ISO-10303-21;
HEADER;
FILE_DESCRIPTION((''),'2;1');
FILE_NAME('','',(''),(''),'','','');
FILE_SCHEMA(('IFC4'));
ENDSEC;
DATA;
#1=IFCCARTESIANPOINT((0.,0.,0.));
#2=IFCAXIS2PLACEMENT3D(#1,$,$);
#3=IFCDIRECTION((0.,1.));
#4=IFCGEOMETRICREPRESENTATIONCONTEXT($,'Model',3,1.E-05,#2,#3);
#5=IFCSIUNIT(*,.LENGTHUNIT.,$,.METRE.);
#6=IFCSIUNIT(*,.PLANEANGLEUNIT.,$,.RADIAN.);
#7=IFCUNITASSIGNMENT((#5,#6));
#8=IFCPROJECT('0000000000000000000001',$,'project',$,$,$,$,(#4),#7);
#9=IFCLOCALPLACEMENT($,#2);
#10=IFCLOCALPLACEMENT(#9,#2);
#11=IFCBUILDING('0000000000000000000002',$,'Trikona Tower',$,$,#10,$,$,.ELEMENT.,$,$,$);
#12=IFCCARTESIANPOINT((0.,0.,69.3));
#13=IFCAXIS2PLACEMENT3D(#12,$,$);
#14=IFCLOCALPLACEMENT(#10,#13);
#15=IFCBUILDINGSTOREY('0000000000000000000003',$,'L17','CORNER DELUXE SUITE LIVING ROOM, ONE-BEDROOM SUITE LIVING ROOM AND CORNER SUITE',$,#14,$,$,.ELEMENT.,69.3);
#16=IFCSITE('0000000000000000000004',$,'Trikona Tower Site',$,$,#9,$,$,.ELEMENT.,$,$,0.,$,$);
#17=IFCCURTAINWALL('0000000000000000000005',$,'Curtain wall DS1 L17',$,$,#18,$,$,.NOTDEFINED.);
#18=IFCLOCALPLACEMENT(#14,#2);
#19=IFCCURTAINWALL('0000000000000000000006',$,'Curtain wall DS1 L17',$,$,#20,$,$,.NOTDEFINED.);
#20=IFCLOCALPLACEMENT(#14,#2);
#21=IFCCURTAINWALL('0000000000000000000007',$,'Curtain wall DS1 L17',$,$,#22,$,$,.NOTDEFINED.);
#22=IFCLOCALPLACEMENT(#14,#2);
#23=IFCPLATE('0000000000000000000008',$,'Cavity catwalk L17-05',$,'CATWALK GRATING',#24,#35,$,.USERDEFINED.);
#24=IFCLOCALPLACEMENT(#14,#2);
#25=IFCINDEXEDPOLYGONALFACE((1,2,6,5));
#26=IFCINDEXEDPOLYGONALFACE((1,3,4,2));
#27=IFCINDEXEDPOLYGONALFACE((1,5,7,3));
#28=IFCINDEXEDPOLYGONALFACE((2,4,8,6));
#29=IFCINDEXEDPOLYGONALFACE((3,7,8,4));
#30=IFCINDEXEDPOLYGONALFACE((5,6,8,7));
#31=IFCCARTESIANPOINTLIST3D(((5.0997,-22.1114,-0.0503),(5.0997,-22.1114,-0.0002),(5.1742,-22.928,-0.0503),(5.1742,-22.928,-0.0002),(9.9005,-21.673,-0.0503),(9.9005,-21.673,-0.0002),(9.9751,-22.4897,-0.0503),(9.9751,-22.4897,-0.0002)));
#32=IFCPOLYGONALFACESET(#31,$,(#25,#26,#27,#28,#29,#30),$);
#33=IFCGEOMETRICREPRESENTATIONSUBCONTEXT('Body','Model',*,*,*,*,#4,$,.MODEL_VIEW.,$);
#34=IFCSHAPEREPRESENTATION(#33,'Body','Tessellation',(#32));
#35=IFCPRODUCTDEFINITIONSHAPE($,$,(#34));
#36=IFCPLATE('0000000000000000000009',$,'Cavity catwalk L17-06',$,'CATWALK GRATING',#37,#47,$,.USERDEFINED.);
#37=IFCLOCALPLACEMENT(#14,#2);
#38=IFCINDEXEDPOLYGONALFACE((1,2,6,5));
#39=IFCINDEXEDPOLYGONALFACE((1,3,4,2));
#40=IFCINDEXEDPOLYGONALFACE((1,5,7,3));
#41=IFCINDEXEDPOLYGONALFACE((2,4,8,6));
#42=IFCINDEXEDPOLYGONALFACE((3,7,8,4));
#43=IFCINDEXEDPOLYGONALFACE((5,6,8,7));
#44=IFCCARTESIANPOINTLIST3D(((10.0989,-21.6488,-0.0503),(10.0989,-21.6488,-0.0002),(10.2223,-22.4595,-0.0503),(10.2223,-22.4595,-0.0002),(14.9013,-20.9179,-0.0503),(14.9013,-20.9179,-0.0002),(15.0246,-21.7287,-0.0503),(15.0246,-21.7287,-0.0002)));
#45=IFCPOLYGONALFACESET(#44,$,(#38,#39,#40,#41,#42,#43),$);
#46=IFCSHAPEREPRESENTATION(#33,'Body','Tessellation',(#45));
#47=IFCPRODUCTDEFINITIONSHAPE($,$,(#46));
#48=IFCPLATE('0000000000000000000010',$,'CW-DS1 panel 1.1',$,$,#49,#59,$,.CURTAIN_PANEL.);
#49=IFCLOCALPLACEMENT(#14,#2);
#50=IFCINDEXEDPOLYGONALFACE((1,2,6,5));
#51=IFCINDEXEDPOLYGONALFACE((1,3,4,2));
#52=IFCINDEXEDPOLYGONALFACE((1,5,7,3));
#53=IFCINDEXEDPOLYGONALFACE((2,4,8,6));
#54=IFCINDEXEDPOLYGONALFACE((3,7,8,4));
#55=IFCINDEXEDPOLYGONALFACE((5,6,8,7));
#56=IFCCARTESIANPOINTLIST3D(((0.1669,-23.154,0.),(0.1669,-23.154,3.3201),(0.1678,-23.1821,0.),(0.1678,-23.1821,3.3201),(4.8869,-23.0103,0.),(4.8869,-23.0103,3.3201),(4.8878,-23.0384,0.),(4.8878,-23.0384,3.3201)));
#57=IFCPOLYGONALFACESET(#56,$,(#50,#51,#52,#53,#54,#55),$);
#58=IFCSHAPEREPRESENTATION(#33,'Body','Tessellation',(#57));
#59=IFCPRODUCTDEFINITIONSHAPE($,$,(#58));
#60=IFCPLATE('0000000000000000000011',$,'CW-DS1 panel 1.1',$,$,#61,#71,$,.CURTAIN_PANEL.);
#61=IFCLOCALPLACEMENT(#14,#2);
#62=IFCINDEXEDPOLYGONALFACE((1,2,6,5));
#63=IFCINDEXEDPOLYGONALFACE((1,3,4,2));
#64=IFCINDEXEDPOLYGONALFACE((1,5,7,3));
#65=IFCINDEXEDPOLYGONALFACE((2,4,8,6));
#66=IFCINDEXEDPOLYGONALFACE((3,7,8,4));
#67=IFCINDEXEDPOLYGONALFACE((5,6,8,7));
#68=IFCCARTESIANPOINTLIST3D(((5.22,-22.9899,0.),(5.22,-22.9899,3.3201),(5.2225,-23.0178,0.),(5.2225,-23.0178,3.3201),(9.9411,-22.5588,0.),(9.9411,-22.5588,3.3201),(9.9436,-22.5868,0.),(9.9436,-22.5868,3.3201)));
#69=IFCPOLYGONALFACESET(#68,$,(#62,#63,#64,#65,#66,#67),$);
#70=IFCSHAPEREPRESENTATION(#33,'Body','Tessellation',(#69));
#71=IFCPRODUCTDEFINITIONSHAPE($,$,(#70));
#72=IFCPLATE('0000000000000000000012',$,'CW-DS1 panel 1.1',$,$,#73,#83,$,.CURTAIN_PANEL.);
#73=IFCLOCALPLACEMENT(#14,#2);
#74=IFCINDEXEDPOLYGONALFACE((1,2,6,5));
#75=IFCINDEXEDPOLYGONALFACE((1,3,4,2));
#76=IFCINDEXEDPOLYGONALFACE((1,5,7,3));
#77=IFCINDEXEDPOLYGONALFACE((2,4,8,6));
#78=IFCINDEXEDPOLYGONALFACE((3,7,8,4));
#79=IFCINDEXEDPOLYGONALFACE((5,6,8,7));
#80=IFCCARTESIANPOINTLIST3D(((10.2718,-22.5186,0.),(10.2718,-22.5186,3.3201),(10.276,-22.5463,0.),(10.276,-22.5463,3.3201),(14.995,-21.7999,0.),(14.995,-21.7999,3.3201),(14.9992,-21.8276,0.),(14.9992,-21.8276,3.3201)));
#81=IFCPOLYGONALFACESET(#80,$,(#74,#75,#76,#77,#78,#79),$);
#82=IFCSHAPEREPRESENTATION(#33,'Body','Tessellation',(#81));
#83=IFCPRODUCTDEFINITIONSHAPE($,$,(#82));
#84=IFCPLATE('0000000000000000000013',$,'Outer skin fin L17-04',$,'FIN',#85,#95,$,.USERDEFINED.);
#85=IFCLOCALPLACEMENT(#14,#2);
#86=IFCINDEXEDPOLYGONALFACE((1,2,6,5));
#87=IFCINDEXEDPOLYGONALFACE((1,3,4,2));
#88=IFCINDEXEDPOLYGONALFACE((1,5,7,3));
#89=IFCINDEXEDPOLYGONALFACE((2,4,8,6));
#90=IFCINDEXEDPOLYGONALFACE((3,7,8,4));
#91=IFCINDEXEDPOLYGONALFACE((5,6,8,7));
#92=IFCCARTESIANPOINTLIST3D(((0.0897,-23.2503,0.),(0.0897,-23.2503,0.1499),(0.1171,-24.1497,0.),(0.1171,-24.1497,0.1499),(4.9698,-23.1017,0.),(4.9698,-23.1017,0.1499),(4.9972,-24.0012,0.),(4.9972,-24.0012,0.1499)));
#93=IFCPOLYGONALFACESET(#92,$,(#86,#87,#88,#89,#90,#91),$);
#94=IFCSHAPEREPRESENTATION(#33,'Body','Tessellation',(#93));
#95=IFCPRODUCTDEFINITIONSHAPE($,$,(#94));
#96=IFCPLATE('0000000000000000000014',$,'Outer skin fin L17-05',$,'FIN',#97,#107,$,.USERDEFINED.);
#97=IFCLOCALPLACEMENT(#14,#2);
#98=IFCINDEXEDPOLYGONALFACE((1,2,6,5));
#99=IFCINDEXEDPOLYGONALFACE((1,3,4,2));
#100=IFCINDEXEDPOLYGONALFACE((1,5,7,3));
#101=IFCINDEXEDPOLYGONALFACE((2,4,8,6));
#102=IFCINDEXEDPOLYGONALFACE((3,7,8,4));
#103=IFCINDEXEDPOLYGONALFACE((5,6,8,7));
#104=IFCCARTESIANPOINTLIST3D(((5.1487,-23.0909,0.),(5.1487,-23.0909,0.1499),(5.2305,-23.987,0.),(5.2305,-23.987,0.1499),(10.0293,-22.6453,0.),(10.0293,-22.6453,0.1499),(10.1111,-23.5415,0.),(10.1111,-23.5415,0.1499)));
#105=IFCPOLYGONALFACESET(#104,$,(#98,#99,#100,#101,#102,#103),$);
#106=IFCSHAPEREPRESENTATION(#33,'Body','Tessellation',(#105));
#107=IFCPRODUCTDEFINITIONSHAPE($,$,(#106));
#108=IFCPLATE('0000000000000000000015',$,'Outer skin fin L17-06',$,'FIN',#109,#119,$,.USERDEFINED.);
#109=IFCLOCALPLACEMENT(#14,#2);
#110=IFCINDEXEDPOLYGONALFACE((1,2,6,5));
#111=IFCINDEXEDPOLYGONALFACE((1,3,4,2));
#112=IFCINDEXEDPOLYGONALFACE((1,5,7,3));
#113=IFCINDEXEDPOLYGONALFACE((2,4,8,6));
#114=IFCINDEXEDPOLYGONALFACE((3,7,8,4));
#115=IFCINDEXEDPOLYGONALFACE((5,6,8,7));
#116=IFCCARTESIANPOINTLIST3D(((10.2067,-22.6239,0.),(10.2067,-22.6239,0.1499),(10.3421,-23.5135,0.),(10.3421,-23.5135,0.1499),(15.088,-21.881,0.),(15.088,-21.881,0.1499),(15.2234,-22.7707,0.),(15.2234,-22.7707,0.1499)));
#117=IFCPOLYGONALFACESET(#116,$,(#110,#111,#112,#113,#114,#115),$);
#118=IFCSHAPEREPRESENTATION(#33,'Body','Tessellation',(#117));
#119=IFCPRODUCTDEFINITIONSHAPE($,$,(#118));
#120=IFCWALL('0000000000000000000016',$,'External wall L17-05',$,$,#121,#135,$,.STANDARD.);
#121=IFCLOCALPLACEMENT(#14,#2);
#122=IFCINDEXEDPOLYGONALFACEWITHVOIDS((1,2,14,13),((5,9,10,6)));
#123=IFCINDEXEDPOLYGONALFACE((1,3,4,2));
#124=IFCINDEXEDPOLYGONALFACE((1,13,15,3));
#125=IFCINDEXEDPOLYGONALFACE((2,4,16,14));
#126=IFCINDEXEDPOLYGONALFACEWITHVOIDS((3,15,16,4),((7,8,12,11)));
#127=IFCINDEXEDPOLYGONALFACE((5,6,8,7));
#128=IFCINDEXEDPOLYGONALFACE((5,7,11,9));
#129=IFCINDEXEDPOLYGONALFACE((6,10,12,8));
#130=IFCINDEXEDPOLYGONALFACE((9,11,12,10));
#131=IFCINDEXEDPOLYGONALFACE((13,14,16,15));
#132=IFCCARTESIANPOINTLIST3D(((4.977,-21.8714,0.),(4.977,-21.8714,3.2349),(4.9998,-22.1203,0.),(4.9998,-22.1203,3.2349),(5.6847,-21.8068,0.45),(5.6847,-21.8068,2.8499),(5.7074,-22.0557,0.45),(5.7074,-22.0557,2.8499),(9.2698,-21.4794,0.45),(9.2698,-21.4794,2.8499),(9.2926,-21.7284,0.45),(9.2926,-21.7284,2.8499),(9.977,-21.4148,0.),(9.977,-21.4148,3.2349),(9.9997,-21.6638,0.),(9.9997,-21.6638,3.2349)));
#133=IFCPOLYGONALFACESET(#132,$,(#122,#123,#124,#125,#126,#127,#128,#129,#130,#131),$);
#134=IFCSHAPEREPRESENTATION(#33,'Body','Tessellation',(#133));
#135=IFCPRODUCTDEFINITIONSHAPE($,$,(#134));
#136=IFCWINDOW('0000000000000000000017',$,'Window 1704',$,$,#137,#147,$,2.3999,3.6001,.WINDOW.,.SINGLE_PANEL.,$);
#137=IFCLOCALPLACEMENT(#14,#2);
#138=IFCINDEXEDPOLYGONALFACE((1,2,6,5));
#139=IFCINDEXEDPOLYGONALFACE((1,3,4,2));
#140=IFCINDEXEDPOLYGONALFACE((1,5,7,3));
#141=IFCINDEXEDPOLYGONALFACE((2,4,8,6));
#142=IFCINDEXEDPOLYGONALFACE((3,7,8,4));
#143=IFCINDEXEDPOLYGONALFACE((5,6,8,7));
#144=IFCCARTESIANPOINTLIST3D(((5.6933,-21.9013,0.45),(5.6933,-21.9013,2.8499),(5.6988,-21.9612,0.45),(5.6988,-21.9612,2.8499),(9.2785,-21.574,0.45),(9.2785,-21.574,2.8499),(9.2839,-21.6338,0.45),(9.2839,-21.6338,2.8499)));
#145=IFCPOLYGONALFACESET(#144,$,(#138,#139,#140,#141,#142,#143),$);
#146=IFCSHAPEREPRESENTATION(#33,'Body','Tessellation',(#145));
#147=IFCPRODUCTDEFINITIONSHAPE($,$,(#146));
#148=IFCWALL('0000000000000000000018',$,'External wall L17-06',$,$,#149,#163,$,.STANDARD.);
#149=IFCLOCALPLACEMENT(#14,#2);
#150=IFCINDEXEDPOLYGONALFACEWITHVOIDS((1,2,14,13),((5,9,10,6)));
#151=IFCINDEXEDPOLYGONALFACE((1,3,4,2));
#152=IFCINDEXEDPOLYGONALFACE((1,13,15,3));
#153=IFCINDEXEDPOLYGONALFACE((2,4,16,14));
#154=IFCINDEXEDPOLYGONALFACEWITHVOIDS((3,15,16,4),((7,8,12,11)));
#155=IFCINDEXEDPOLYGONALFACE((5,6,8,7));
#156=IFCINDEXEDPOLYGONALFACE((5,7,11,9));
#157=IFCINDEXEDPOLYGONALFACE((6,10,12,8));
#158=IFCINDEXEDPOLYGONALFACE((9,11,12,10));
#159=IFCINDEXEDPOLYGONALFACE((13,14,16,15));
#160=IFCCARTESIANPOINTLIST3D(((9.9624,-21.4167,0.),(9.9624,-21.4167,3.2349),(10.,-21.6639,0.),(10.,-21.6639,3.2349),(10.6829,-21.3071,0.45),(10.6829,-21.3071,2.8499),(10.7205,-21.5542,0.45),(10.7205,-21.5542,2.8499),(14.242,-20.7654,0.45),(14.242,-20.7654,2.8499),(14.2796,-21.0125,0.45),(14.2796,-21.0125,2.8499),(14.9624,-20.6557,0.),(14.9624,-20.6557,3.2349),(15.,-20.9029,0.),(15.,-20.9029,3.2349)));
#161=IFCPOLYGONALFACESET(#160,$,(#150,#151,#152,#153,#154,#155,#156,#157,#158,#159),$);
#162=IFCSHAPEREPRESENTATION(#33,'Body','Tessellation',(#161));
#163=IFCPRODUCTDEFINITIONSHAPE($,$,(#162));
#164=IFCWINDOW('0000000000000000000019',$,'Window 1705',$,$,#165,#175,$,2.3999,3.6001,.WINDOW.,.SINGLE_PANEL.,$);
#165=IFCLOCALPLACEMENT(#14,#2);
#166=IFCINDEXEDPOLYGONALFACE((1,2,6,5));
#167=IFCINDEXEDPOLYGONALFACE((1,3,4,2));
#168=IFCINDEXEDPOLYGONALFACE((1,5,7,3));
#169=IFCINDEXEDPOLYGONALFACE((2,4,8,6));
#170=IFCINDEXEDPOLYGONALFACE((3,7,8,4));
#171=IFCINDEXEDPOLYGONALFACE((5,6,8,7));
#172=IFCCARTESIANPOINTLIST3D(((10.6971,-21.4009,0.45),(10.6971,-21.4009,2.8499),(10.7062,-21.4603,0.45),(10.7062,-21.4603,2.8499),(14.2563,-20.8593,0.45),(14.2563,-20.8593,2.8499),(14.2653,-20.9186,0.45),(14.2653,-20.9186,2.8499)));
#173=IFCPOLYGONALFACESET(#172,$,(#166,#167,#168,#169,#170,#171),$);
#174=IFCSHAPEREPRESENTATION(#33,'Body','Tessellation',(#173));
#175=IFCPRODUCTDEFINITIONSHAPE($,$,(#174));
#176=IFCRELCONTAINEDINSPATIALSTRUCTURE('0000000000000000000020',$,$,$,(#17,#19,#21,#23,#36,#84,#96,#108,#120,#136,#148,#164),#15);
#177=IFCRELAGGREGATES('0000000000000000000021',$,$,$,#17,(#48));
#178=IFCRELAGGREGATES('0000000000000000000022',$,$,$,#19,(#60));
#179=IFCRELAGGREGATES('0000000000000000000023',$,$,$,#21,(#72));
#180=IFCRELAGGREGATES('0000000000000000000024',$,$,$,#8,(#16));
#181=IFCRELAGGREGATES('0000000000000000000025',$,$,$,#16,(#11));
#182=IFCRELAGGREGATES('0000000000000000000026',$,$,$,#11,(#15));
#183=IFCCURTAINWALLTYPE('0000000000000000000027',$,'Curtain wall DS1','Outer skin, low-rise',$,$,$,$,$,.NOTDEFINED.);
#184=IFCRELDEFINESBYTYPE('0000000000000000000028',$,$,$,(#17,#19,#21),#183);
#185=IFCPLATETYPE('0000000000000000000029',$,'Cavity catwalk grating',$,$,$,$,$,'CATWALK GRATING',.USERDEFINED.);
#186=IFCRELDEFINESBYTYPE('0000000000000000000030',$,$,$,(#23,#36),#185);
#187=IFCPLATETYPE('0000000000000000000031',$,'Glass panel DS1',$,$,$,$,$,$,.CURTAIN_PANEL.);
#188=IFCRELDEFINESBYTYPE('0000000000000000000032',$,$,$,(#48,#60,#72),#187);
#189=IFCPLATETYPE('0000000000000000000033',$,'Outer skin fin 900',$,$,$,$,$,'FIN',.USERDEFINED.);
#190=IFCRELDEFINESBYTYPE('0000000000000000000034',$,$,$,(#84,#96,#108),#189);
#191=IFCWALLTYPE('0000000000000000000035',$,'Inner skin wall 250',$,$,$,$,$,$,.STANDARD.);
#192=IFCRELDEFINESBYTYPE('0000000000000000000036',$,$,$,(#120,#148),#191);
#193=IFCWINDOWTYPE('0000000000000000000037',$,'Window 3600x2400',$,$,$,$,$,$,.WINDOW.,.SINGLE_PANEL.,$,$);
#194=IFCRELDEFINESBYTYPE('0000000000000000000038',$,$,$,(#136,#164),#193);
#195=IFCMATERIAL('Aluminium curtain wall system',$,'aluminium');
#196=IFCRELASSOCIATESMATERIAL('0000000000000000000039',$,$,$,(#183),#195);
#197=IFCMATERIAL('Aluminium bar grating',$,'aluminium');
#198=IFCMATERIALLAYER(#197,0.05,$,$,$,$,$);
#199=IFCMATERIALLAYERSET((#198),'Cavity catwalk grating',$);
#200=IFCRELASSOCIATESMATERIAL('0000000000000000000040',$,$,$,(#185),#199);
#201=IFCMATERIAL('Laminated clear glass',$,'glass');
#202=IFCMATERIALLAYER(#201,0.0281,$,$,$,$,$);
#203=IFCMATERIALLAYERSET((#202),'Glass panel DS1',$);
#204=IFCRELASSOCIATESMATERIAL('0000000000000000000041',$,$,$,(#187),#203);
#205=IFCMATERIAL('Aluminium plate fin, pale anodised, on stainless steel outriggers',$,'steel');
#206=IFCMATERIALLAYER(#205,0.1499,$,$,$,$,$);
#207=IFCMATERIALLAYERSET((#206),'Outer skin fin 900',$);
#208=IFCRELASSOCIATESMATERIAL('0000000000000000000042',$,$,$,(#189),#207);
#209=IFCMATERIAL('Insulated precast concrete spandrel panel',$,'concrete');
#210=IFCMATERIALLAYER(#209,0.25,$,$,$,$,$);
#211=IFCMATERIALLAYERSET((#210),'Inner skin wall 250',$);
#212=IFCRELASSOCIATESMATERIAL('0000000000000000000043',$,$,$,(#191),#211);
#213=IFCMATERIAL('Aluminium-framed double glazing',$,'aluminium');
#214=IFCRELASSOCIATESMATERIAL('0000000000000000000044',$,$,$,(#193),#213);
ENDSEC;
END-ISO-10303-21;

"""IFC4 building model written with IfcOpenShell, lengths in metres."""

from ifc_helpers import new_model, si_unit, direction, frame, frame_2d, origin, origin_2d, place, context, subcontext, project, spatial, rectangle, extrude, material, layer, layer_set, type_object, element, fill, aggregate, save


model = new_model("IFC4")

# Units and contexts
model_context = context("Model", 3, precision=1e-05, world=origin(), true_north=direction((0.0, 1.0)))
body_context = subcontext(model_context, "Body", "Model", "MODEL_VIEW")
ifc_project = project(units=[si_unit("LENGTHUNIT", "METRE"), si_unit("PLANEANGLEUNIT", "RADIAN")], contexts=[model_context])

# Site, building, storey
site_placement = place(None, origin())
site = spatial("IfcSite", under=ifc_project, at=site_placement, Name="Trikona Tower Site", CompositionType="ELEMENT", RefElevation=0.0)
building_placement = place(site_placement, origin())
building = spatial("IfcBuilding", under=site, at=building_placement, Name="Trikona Tower", CompositionType="ELEMENT")
storey_placement = place(building_placement, frame((0.0, 0.0, 69.3)))
storey = spatial("IfcBuildingStorey", under=building, at=storey_placement, Name="L17", Description="CORNER DELUXE SUITE LIVING ROOM, ONE-BEDROOM SUITE LIVING ROOM AND CORNER SUITE", CompositionType="ELEMENT", Elevation=69.3)

# Curtain walls
ifc_material_1 = material(Name="Aluminium curtain wall system", Category="aluminium")
curtain_wall_type = type_object("IfcCurtainWallType", Name="Curtain wall DS1", Description="Outer skin, low-rise", PredefinedType="NOTDEFINED", material=ifc_material_1)
curtain_wall_1_placement = place(storey_placement, origin())
curtain_wall_1 = element("IfcCurtainWall", 1, at=curtain_wall_1_placement, inside=storey, type_object=curtain_wall_type, Name="Curtain wall DS1 L17", PredefinedType="NOTDEFINED")
curtain_wall_2_placement = place(storey_placement, origin())
curtain_wall_2 = element("IfcCurtainWall", 2, at=curtain_wall_2_placement, inside=storey, type_object=curtain_wall_type, Name="Curtain wall DS1 L17", PredefinedType="NOTDEFINED")

# Curtain wall
curtain_wall_3_placement = place(storey_placement, origin())
curtain_wall_3 = element("IfcCurtainWall", 3, at=curtain_wall_3_placement, inside=storey, type_object=curtain_wall_type, Name="Curtain wall DS1 L17", PredefinedType="NOTDEFINED")

# Plates
ifc_material_2 = material(Name="Aluminium bar grating", Category="aluminium")
ifc_layer_1 = layer(ifc_material_2, 0.05)
ifc_layer_set_1 = layer_set([ifc_layer_1], Name="Cavity catwalk grating")
plate_type_1 = type_object("IfcPlateType", Name="Cavity catwalk grating", ElementType="CATWALK GRATING", PredefinedType="USERDEFINED", material=ifc_layer_set_1)
plate_1_placement = place(storey_placement, frame((7.5374, -22.3005, -0.0503), z_axis=(0.0, 0.0, 1.0), x_axis=(0.995858, 0.090921, 0.0)))
element("IfcPlate", 4, at=plate_1_placement, inside=storey, type_object=plate_type_1, Name="Cavity catwalk L17-05", ObjectType="CATWALK GRATING", PredefinedType="USERDEFINED", context=body_context, shape_type="SweptSolid", body=[
    extrude(rectangle(XDim=4.8208, YDim=0.8201, at=origin_2d()), origin(), (0.0, 0.0, 1.0), 0.05),
])
plate_2_placement = place(storey_placement, frame((12.5618, -21.6887, -0.0503), z_axis=(0.0, 0.0, 1.0), x_axis=(0.988618, 0.150448, 0.0)))
element("IfcPlate", 5, at=plate_2_placement, inside=storey, type_object=plate_type_1, Name="Cavity catwalk L17-06", ObjectType="CATWALK GRATING", PredefinedType="USERDEFINED", context=body_context, shape_type="SweptSolid", body=[
    extrude(rectangle(XDim=4.8577, YDim=0.8201, at=origin_2d()), origin(), (0.0, 0.0, 1.0), 0.05),
])

# Plates
ifc_material_3 = material(Name="Laminated clear glass", Category="glass")
ifc_layer_2 = layer(ifc_material_3, 0.0281)
ifc_layer_set_2 = layer_set([ifc_layer_2], Name="Glass panel DS1")
plate_type_2 = type_object("IfcPlateType", Name="Glass panel DS1", PredefinedType="CURTAIN_PANEL", material=ifc_layer_set_2)
plate_3_placement = place(storey_placement, frame((2.5273, -23.0962, 0.0), z_axis=(0.0, 0.0, 1.0), x_axis=(0.999537, 0.030437, 0.0)))
plate_3 = element("IfcPlate", 6, at=plate_3_placement, type_object=plate_type_2, Name="CW-DS1 panel 1.1", PredefinedType="CURTAIN_PANEL", context=body_context, shape_type="SweptSolid", body=[
    extrude(rectangle(XDim=4.7222, YDim=0.0281, at=origin_2d()), origin(), (0.0, 0.0, 1.0), 3.3201),
])
aggregate(curtain_wall_1, [plate_3])
plate_4_placement = place(storey_placement, frame((7.5818, -22.7883, 0.0), z_axis=(0.0, 0.0, 1.0), x_axis=(0.995858, 0.090924, 0.0)))
plate_4 = element("IfcPlate", 7, at=plate_4_placement, type_object=plate_type_2, Name="CW-DS1 panel 1.1", PredefinedType="CURTAIN_PANEL", context=body_context, shape_type="SweptSolid", body=[
    extrude(rectangle(XDim=4.7407, YDim=0.0281, at=origin_2d()), origin(), (0.0, 0.0, 1.0), 3.3201),
])
aggregate(curtain_wall_2, [plate_4])
plate_5_placement = place(storey_placement, frame((12.6355, -22.1731, 0.0), z_axis=(0.0, 0.0, 1.0), x_axis=(0.988619, 0.150438, 0.0)))
plate_5 = element("IfcPlate", 8, at=plate_5_placement, type_object=plate_type_2, Name="CW-DS1 panel 1.1", PredefinedType="CURTAIN_PANEL", context=body_context, shape_type="SweptSolid", body=[
    extrude(rectangle(XDim=4.7776, YDim=0.0281, at=origin_2d()), origin(), (0.0, 0.0, 1.0), 3.3201),
])
aggregate(curtain_wall_3, [plate_5])

# Plates
ifc_material_4 = material(Name="Aluminium plate fin, pale anodised, on stainless steel outriggers", Category="steel")
ifc_layer_3 = layer(ifc_material_4, 0.1499)
ifc_layer_set_3 = layer_set([ifc_layer_3], Name="Outer skin fin 900")
plate_type_3 = type_object("IfcPlateType", Name="Outer skin fin 900", ElementType="FIN", PredefinedType="USERDEFINED", material=ifc_layer_set_3)
plate_6_placement = place(storey_placement, frame((2.5435, -23.6257, 0.0), z_axis=(0.0, 0.0, 1.0), x_axis=(0.999537, 0.030425, 0.0)))
element("IfcPlate", 9, at=plate_6_placement, inside=storey, type_object=plate_type_3, Name="Outer skin fin L17-04", ObjectType="FIN", PredefinedType="USERDEFINED", context=body_context, shape_type="SweptSolid", body=[
    extrude(rectangle(XDim=4.8823, YDim=0.8999, at=origin_2d()), origin(), (0.0, 0.0, 1.0), 0.1499),
])
plate_7_placement = place(storey_placement, frame((7.6299, -23.3162, 0.0), z_axis=(0.0, 0.0, 1.0), x_axis=(0.995858, 0.090921, 0.0)))
element("IfcPlate", 10, at=plate_7_placement, inside=storey, type_object=plate_type_3, Name="Outer skin fin L17-05", ObjectType="FIN", PredefinedType="USERDEFINED", context=body_context, shape_type="SweptSolid", body=[
    extrude(rectangle(XDim=4.9009, YDim=0.8999, at=origin_2d()), origin(), (0.0, 0.0, 1.0), 0.1499),
])
plate_8_placement = place(storey_placement, frame((12.7151, -22.6973, 0.0), z_axis=(0.0, 0.0, 1.0), x_axis=(0.988618, 0.150448, 0.0)))
element("IfcPlate", 11, at=plate_8_placement, inside=storey, type_object=plate_type_3, Name="Outer skin fin L17-06", ObjectType="FIN", PredefinedType="USERDEFINED", context=body_context, shape_type="SweptSolid", body=[
    extrude(rectangle(XDim=4.9375, YDim=0.8999, at=origin_2d()), origin(), (0.0, 0.0, 1.0), 0.1499),
])

# Walls, openings, windows
ifc_material_5 = material(Name="Insulated precast concrete spandrel panel", Category="concrete")
ifc_layer_4 = layer(ifc_material_5, 0.25)
ifc_layer_set_4 = layer_set([ifc_layer_4], Name="Inner skin wall 250")
wall_type = type_object("IfcWallType", Name="Inner skin wall 250", PredefinedType="STANDARD", material=ifc_layer_set_4)
wall_1_placement = place(storey_placement, frame((4.9885, -21.9958, 0.0), z_axis=(0.0, 0.0, 1.0), x_axis=(0.995857, 0.09093, 0.0)))
wall_1 = element("IfcWall", 12, at=wall_1_placement, inside=storey, type_object=wall_type, Name="External wall L17-05", PredefinedType="STANDARD", context=body_context, shape_type="SweptSolid", body=[
    extrude(rectangle(XDim=5.0208, YDim=0.25, at=frame_2d((2.5103, 0.0))), origin(), (0.0, 0.0, 1.0), 3.2349),
])
opening_1_placement = place(wall_1_placement, frame((0.7104, 0.0, 0.45)))
opening_1 = element("IfcOpeningElement", 13, at=opening_1_placement, cuts=wall_1, PredefinedType="OPENING", context=body_context, shape_type="SweptSolid", body=[
    extrude(rectangle(XDim=3.6001, YDim=2.3999, at=frame_2d((1.8, 1.2))), frame((0.0, 0.135, 0.0), z_axis=(0.0, -1.0, 0.0), x_axis=(1.0, 0.0, 0.0)), (0.0, 0.0, 1.0), 0.27),
])
ifc_material_6 = material(Name="Aluminium-framed double glazing", Category="aluminium")
window_type = type_object("IfcWindowType", Name="Window 3600x2400", PartitioningType="SINGLE_PANEL", PredefinedType="WINDOW", material=ifc_material_6)
window_1_placement = place(opening_1_placement, origin())
window_1 = element("IfcWindow", 14, at=window_1_placement, inside=storey, type_object=window_type, Name="Window 1704", OverallHeight=2.3999, OverallWidth=3.6001, PartitioningType="SINGLE_PANEL", PredefinedType="WINDOW", context=body_context, shape_type="SweptSolid", body=[
    extrude(rectangle(XDim=3.6001, YDim=2.3999, at=frame_2d((1.8, 1.2))), frame((0.0, 0.03, 0.0), z_axis=(0.0, -1.0, 0.0), x_axis=(1.0, 0.0, 0.0)), (0.0, 0.0, 1.0), 0.0601),
])
fill(opening_1, window_1)
wall_2_placement = place(storey_placement, frame((9.9812, -21.5403, 0.0), z_axis=(0.0, 0.0, 1.0), x_axis=(0.988615, 0.150465, 0.0)))
wall_2 = element("IfcWall", 15, at=wall_2_placement, inside=storey, type_object=wall_type, Name="External wall L17-06", PredefinedType="STANDARD", context=body_context, shape_type="SweptSolid", body=[
    extrude(rectangle(XDim=5.0576, YDim=0.25, at=frame_2d((2.5288, 0.0))), origin(), (0.0, 0.0, 1.0), 3.2349),
])
opening_2_placement = place(wall_2_placement, frame((0.7288, 0.0, 0.45)))
opening_2 = element("IfcOpeningElement", 16, at=opening_2_placement, cuts=wall_2, PredefinedType="OPENING", context=body_context, shape_type="SweptSolid", body=[
    extrude(rectangle(XDim=3.6001, YDim=2.3999, at=frame_2d((1.8, 1.2))), frame((0.0, 0.135, 0.0), z_axis=(0.0, -1.0, 0.0), x_axis=(1.0, 0.0, 0.0)), (0.0, 0.0, 1.0), 0.27),
])
window_2_placement = place(opening_2_placement, origin())
window_2 = element("IfcWindow", 17, at=window_2_placement, inside=storey, type_object=window_type, Name="Window 1705", OverallHeight=2.3999, OverallWidth=3.6001, PartitioningType="SINGLE_PANEL", PredefinedType="WINDOW", context=body_context, shape_type="SweptSolid", body=[
    extrude(rectangle(XDim=3.6001, YDim=2.3999, at=frame_2d((1.8, 1.2))), frame((0.0, 0.03, 0.0), z_axis=(0.0, -1.0, 0.0), x_axis=(1.0, 0.0, 0.0)), (0.0, 0.0, 1.0), 0.0601),
])
fill(opening_2, window_2)

save(model, "model.ifc")
